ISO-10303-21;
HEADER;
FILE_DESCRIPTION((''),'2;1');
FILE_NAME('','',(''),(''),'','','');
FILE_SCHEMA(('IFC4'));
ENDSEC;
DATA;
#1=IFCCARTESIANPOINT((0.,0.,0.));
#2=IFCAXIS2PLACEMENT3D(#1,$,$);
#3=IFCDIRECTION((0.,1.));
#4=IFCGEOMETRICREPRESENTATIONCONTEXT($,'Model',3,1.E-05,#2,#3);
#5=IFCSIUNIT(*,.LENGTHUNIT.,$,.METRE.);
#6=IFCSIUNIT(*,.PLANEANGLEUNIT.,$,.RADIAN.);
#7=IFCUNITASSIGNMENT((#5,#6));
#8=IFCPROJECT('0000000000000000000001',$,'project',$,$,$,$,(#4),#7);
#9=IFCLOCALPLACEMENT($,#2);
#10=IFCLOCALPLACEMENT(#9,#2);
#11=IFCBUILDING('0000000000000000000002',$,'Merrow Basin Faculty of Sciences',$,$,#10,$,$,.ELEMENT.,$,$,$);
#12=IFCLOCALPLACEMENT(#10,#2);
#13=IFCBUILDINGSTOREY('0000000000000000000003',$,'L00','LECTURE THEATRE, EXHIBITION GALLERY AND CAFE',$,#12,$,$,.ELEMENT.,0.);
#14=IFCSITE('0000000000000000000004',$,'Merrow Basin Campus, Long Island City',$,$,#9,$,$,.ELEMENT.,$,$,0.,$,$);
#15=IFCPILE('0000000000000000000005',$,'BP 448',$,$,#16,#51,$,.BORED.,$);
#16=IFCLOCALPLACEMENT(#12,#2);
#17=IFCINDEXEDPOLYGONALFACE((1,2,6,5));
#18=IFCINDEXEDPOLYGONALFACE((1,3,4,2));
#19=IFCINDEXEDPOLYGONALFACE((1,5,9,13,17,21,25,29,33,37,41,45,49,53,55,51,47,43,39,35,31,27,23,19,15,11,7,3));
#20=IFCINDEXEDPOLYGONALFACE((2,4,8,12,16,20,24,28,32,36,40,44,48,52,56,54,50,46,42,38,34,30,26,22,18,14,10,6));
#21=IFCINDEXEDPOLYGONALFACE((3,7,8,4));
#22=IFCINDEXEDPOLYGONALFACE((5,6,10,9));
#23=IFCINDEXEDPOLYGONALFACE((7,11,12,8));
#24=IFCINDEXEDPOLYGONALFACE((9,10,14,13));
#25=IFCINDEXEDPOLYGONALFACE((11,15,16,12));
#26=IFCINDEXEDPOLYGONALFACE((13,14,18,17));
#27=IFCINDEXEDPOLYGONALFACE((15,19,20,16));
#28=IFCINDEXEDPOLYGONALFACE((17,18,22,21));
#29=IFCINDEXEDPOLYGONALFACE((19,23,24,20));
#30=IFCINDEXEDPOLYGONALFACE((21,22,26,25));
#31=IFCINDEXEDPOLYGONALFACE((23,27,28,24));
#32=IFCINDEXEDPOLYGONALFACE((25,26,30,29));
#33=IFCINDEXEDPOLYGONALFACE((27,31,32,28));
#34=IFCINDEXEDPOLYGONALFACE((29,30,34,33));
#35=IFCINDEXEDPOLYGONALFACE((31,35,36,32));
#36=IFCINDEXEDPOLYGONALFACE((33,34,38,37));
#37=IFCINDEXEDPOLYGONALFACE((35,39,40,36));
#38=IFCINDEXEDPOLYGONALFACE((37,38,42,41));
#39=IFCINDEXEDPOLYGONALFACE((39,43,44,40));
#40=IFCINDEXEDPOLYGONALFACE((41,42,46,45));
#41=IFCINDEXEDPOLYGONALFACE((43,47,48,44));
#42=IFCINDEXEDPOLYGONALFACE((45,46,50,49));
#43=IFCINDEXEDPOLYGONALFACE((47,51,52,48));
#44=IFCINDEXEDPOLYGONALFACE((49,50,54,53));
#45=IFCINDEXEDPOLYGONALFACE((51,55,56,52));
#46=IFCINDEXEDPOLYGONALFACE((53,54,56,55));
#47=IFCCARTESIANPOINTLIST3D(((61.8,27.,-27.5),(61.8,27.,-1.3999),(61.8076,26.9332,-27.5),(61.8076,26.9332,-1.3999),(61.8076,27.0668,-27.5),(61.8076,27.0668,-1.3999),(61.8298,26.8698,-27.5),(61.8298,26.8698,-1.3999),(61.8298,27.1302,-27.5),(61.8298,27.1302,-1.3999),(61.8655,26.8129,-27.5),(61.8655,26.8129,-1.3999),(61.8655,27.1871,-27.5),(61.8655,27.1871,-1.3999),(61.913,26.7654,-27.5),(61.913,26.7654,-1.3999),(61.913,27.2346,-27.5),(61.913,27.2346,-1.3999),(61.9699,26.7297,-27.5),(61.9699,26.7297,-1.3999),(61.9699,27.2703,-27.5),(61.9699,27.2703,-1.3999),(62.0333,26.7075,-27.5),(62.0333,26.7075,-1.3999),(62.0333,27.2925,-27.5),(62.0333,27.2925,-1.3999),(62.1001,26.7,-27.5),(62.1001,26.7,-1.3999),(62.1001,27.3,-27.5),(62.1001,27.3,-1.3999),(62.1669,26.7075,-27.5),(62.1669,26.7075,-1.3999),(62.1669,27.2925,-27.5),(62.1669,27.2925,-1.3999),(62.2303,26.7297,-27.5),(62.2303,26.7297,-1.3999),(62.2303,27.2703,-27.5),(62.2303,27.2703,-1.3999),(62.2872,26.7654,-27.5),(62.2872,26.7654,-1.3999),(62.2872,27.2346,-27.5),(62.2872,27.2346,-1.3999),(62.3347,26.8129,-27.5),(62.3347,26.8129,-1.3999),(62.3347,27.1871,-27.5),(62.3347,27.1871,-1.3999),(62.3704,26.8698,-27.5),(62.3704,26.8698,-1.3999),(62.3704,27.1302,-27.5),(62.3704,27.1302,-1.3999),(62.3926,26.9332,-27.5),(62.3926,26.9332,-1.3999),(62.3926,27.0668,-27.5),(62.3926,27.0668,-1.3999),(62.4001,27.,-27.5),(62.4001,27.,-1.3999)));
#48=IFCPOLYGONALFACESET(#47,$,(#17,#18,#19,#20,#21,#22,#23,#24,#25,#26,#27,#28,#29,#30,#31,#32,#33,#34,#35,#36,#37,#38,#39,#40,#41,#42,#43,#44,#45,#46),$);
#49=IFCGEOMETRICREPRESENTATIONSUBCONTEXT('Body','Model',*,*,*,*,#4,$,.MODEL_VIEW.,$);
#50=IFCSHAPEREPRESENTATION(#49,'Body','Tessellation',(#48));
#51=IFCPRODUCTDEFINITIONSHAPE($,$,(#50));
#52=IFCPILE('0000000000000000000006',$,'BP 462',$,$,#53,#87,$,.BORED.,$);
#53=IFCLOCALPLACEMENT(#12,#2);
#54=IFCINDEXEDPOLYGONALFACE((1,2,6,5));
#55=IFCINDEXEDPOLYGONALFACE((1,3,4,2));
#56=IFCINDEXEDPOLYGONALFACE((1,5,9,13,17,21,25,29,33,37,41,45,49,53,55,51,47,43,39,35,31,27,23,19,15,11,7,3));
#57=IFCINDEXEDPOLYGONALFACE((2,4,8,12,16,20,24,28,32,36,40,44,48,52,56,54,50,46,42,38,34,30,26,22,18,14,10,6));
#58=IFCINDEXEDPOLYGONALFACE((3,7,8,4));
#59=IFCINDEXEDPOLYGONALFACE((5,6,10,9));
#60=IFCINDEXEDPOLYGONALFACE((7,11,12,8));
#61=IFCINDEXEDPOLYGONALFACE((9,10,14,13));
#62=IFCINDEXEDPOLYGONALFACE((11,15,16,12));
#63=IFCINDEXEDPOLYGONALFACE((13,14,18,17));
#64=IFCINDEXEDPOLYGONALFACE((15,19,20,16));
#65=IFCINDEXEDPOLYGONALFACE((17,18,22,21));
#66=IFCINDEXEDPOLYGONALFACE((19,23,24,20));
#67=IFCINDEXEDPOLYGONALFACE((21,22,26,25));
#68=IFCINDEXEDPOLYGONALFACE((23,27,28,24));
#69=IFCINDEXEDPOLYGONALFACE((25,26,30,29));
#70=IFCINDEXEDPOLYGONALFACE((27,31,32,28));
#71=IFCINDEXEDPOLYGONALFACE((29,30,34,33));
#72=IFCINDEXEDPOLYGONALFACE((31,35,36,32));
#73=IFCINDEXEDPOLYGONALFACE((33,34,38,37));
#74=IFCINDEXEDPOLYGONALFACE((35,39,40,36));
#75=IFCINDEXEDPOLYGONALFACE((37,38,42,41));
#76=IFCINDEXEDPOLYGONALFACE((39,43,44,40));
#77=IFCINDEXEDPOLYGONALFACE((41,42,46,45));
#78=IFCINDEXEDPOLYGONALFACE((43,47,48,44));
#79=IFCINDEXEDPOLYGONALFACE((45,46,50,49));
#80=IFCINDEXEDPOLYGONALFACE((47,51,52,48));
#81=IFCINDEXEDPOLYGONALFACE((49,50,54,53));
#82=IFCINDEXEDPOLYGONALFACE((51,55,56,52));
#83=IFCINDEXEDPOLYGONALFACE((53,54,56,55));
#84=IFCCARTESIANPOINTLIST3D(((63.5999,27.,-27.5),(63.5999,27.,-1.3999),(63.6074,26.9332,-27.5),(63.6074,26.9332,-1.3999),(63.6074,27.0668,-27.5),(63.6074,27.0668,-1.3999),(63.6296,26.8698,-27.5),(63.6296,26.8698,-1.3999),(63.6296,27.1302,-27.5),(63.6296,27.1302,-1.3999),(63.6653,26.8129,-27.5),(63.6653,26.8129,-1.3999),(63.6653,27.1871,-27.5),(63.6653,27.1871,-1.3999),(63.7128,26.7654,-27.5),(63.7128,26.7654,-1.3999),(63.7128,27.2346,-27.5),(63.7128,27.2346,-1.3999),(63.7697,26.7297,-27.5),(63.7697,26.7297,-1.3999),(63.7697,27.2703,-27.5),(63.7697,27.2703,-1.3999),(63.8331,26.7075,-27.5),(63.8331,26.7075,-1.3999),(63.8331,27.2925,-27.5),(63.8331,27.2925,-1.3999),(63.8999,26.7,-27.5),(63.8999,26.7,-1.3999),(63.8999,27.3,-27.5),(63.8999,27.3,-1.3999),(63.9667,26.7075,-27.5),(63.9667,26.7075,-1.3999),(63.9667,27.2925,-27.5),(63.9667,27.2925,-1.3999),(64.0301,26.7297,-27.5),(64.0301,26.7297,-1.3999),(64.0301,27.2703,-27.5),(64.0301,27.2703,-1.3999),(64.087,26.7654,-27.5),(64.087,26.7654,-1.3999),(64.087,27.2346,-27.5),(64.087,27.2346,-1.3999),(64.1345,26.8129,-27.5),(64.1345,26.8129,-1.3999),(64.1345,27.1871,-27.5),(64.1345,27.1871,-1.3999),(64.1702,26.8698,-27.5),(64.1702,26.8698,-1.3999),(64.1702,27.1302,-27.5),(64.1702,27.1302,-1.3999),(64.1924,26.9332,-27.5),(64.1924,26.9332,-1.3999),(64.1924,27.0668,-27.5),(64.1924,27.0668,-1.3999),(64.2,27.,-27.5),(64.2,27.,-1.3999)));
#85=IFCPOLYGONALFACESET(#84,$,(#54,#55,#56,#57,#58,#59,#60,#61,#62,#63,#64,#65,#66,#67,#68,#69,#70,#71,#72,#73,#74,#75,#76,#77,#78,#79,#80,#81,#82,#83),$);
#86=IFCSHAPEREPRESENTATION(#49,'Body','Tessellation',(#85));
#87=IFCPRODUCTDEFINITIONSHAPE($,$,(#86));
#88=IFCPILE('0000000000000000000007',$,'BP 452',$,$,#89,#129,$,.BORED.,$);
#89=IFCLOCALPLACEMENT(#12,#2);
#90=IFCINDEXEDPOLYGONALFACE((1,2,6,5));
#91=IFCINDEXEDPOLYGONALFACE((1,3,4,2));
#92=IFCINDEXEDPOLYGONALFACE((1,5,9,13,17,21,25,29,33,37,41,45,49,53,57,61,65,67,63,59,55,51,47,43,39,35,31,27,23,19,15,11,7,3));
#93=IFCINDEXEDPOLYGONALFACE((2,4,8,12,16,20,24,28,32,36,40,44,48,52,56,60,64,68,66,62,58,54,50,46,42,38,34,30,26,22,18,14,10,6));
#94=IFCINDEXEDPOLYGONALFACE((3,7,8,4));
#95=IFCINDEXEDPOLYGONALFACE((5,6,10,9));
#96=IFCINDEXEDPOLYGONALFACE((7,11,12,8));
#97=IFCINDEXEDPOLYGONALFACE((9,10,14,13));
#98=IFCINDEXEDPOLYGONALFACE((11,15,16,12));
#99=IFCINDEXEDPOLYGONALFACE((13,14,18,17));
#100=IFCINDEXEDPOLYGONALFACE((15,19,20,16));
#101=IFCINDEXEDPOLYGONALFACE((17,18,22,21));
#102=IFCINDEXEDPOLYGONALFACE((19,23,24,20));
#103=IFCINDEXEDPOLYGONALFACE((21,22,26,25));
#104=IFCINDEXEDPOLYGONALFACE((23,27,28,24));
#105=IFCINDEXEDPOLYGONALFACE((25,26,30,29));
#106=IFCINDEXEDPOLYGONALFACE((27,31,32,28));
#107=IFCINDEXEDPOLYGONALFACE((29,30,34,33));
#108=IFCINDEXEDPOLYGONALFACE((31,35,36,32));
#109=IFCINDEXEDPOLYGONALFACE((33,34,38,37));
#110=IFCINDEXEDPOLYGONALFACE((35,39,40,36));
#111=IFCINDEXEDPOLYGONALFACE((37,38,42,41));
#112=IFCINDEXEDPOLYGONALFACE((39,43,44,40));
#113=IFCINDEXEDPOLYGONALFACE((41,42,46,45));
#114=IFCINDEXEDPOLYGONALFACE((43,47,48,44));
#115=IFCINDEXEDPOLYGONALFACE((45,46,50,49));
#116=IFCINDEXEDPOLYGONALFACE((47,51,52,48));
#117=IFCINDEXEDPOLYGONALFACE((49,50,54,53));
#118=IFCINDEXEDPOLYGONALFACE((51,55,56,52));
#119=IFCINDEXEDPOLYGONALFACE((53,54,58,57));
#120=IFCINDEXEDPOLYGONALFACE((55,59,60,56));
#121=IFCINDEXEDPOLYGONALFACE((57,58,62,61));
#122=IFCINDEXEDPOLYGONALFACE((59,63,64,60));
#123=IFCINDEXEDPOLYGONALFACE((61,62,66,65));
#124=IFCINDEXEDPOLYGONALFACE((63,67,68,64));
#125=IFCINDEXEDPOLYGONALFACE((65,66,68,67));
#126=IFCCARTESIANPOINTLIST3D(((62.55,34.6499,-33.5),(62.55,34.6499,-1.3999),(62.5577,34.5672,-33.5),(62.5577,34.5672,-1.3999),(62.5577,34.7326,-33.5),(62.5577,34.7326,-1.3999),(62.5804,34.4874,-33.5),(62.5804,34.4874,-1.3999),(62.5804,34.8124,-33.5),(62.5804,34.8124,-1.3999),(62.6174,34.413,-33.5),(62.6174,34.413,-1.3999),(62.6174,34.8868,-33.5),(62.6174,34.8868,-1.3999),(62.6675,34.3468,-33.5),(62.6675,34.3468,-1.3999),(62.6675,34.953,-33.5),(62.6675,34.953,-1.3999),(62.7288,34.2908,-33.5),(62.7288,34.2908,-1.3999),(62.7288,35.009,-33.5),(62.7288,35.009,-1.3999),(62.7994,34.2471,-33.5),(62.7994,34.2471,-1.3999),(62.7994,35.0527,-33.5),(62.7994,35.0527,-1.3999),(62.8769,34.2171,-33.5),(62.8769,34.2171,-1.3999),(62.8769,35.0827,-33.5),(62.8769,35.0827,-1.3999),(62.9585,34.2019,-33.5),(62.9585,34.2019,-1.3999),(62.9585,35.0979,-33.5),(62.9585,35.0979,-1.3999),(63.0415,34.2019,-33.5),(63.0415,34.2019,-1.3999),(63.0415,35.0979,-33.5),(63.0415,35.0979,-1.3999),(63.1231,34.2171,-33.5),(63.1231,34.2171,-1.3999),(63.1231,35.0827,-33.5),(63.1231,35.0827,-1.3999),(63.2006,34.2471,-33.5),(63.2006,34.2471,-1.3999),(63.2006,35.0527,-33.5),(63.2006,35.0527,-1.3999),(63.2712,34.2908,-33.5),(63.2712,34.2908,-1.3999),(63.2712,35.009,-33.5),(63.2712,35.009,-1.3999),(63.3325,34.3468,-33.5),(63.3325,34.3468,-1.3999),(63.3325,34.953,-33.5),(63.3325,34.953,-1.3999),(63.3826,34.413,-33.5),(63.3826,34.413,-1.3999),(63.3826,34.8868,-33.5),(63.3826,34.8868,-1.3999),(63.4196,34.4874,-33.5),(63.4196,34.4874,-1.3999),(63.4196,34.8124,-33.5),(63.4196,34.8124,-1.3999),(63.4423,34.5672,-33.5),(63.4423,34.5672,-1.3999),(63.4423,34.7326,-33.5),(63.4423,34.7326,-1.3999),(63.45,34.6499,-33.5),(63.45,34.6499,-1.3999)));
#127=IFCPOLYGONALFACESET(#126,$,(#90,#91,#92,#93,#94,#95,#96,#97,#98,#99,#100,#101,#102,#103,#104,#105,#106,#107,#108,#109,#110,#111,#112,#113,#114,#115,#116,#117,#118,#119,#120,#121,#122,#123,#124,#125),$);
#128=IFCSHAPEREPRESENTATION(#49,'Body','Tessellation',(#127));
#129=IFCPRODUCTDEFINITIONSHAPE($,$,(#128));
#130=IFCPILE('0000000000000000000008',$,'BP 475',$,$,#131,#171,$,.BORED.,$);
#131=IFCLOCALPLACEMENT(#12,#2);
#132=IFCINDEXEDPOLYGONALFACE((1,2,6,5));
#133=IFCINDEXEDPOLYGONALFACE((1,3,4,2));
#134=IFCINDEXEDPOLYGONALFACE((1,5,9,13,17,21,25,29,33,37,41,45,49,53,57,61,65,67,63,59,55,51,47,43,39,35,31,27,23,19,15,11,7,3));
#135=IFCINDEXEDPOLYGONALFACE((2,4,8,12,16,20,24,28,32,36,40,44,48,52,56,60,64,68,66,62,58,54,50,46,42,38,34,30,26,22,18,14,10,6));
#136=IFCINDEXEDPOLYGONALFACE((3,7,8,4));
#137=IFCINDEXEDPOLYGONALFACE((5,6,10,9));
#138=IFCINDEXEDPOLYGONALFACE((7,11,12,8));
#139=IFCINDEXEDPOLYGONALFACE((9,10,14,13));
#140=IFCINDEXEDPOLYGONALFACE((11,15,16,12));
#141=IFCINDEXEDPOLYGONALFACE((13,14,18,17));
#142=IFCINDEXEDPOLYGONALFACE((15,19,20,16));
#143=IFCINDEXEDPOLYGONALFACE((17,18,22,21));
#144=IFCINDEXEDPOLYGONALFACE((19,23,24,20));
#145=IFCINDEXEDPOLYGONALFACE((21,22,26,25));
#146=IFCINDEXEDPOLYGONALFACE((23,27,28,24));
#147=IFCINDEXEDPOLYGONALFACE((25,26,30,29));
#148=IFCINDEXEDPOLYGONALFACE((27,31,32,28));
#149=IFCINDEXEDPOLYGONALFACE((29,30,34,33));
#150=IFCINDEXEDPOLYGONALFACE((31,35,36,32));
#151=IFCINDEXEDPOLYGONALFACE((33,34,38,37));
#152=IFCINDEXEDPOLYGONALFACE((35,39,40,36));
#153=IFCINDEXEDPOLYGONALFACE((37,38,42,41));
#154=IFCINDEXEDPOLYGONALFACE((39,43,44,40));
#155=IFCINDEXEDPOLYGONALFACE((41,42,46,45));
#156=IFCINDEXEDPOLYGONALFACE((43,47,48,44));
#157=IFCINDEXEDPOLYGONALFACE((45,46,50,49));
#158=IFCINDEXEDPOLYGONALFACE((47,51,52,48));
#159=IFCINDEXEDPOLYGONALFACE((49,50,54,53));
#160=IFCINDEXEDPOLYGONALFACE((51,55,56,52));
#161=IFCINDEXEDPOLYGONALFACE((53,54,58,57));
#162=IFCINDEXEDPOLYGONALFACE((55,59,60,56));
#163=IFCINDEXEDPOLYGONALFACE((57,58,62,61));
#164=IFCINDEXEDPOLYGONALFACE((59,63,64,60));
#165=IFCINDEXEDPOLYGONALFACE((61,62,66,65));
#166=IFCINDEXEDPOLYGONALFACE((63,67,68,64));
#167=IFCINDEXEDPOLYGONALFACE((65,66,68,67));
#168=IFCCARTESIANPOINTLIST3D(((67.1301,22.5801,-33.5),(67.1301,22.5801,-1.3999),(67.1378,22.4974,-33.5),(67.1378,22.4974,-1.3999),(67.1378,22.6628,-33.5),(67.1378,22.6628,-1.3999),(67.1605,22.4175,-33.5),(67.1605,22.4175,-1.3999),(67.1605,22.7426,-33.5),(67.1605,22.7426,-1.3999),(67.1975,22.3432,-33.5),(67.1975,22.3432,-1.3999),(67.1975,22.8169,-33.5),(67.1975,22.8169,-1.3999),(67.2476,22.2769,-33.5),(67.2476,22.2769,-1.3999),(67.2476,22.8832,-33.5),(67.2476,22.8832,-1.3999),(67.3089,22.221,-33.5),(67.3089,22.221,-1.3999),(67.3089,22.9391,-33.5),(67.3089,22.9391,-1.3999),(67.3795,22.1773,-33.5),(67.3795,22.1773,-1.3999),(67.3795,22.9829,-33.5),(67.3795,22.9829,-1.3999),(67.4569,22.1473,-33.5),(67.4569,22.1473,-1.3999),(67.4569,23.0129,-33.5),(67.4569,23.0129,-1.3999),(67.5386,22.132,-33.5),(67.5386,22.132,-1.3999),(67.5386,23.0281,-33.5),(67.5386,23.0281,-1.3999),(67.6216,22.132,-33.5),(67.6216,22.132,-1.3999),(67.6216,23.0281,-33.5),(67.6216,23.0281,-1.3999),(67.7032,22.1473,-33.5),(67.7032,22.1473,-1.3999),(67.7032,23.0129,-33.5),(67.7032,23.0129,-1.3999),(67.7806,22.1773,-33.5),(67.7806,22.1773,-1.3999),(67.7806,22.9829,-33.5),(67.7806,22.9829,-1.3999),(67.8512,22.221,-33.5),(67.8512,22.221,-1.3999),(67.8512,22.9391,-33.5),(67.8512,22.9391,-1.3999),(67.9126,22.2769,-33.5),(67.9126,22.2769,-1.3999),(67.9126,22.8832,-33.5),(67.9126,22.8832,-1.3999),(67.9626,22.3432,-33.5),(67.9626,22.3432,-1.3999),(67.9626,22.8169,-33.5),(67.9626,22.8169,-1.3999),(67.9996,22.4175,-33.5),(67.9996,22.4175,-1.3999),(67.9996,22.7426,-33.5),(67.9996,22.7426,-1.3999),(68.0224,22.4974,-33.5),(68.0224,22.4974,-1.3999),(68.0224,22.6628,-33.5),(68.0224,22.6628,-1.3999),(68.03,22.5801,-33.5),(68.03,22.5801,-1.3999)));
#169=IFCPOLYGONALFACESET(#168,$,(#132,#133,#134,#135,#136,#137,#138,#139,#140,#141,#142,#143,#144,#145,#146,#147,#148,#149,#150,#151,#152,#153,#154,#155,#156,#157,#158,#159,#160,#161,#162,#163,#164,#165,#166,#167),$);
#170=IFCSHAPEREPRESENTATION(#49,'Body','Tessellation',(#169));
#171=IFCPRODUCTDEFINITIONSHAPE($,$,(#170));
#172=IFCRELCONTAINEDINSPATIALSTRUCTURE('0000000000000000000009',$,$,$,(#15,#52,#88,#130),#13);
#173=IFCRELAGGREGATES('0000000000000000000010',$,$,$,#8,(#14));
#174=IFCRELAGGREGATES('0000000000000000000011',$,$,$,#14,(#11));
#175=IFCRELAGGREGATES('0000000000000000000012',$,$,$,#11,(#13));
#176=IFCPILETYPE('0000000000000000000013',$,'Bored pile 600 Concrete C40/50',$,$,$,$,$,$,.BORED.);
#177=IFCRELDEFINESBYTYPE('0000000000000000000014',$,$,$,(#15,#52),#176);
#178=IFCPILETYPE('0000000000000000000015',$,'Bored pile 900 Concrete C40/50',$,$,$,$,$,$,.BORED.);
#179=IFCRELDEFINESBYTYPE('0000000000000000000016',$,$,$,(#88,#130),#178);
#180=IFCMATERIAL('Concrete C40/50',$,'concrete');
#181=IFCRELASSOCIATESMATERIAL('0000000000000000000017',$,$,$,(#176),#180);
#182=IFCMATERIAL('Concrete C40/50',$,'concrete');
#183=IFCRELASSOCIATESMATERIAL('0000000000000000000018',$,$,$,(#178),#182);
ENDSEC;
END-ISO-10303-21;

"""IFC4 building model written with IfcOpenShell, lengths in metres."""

from ifc_helpers import new_model, si_unit, direction, frame, origin, origin_2d, place, context, subcontext, project, spatial, circle, extrude, material, material_profile, profile_set, type_object, element, save


model = new_model("IFC4")

# Units and contexts
model_context = context("Model", 3, precision=1e-05, world=origin(), true_north=direction((0.0, 1.0)))
body_context = subcontext(model_context, "Body", "Model", "MODEL_VIEW")
ifc_project = project(units=[si_unit("LENGTHUNIT", "METRE"), si_unit("PLANEANGLEUNIT", "RADIAN")], contexts=[model_context])

# Site, building, storey
site_placement = place(None, origin())
site = spatial("IfcSite", under=ifc_project, at=site_placement, Name="Merrow Basin Campus, Long Island City", CompositionType="ELEMENT", RefElevation=0.0)
building_placement = place(site_placement, origin())
building = spatial("IfcBuilding", under=site, at=building_placement, Name="Merrow Basin Faculty of Sciences", CompositionType="ELEMENT")
storey_placement = place(building_placement, origin())
storey = spatial("IfcBuildingStorey", under=building, at=storey_placement, Name="L00", Description="LECTURE THEATRE, EXHIBITION GALLERY AND CAFE", CompositionType="ELEMENT", Elevation=0.0)

# Piles
ifc_material_1 = material(Name="Concrete C40/50", Category="concrete")
ifc_material_profile_1 = material_profile(ifc_material_1, circle(Radius=0.3, at=origin_2d()))
ifc_profile_set_1 = profile_set([ifc_material_profile_1], Name="Concrete C40/50")
pile_type_1 = type_object("IfcPileType", Name="Bored pile 600 Concrete C40/50", PredefinedType="BORED", material=ifc_profile_set_1)
for number, where, z_axis, x_axis, name in (
    (1, (62.1001, 27.0, -1.3999), (0.0, 0.0, -1.0), (1.0, 0.0, 0.0), "BP 448"),
    (2, (63.8999, 27.0, -1.3999), (0.0, 0.0, -1.0), (1.0, 0.0, 0.0), "BP 462"),
):
    element("IfcPile", number, at=place(storey_placement, frame(where, z_axis=z_axis, x_axis=x_axis)), inside=storey, type_object=pile_type_1, Name=name, PredefinedType="BORED", context=body_context, shape_type="SweptSolid", body=[
        extrude(circle(Radius=0.3, at=origin_2d()), origin(), (0.0, 0.0, 1.0), 26.1001),
    ])
ifc_material_2 = material(Name="Concrete C40/50", Category="concrete")
ifc_material_profile_2 = material_profile(ifc_material_2, circle(Radius=0.45, at=origin_2d()))
ifc_profile_set_2 = profile_set([ifc_material_profile_2], Name="Concrete C40/50")
pile_type_2 = type_object("IfcPileType", Name="Bored pile 900 Concrete C40/50", PredefinedType="BORED", material=ifc_profile_set_2)
for number, where, z_axis, x_axis, name in (
    (3, (63.0, 34.6499, -1.3999), (0.0, 0.0, -1.0), (1.0, 0.0, 0.0), "BP 452"),
    (4, (67.5801, 22.5801, -1.3999), (0.0, 0.0, -1.0), (1.0, 0.0, 0.0), "BP 475"),
):
    element("IfcPile", number, at=place(storey_placement, frame(where, z_axis=z_axis, x_axis=x_axis)), inside=storey, type_object=pile_type_2, Name=name, PredefinedType="BORED", context=body_context, shape_type="SweptSolid", body=[
        extrude(circle(Radius=0.45, at=origin_2d()), origin(), (0.0, 0.0, 1.0), 32.1001),
    ])

save(model, "model.ifc")
